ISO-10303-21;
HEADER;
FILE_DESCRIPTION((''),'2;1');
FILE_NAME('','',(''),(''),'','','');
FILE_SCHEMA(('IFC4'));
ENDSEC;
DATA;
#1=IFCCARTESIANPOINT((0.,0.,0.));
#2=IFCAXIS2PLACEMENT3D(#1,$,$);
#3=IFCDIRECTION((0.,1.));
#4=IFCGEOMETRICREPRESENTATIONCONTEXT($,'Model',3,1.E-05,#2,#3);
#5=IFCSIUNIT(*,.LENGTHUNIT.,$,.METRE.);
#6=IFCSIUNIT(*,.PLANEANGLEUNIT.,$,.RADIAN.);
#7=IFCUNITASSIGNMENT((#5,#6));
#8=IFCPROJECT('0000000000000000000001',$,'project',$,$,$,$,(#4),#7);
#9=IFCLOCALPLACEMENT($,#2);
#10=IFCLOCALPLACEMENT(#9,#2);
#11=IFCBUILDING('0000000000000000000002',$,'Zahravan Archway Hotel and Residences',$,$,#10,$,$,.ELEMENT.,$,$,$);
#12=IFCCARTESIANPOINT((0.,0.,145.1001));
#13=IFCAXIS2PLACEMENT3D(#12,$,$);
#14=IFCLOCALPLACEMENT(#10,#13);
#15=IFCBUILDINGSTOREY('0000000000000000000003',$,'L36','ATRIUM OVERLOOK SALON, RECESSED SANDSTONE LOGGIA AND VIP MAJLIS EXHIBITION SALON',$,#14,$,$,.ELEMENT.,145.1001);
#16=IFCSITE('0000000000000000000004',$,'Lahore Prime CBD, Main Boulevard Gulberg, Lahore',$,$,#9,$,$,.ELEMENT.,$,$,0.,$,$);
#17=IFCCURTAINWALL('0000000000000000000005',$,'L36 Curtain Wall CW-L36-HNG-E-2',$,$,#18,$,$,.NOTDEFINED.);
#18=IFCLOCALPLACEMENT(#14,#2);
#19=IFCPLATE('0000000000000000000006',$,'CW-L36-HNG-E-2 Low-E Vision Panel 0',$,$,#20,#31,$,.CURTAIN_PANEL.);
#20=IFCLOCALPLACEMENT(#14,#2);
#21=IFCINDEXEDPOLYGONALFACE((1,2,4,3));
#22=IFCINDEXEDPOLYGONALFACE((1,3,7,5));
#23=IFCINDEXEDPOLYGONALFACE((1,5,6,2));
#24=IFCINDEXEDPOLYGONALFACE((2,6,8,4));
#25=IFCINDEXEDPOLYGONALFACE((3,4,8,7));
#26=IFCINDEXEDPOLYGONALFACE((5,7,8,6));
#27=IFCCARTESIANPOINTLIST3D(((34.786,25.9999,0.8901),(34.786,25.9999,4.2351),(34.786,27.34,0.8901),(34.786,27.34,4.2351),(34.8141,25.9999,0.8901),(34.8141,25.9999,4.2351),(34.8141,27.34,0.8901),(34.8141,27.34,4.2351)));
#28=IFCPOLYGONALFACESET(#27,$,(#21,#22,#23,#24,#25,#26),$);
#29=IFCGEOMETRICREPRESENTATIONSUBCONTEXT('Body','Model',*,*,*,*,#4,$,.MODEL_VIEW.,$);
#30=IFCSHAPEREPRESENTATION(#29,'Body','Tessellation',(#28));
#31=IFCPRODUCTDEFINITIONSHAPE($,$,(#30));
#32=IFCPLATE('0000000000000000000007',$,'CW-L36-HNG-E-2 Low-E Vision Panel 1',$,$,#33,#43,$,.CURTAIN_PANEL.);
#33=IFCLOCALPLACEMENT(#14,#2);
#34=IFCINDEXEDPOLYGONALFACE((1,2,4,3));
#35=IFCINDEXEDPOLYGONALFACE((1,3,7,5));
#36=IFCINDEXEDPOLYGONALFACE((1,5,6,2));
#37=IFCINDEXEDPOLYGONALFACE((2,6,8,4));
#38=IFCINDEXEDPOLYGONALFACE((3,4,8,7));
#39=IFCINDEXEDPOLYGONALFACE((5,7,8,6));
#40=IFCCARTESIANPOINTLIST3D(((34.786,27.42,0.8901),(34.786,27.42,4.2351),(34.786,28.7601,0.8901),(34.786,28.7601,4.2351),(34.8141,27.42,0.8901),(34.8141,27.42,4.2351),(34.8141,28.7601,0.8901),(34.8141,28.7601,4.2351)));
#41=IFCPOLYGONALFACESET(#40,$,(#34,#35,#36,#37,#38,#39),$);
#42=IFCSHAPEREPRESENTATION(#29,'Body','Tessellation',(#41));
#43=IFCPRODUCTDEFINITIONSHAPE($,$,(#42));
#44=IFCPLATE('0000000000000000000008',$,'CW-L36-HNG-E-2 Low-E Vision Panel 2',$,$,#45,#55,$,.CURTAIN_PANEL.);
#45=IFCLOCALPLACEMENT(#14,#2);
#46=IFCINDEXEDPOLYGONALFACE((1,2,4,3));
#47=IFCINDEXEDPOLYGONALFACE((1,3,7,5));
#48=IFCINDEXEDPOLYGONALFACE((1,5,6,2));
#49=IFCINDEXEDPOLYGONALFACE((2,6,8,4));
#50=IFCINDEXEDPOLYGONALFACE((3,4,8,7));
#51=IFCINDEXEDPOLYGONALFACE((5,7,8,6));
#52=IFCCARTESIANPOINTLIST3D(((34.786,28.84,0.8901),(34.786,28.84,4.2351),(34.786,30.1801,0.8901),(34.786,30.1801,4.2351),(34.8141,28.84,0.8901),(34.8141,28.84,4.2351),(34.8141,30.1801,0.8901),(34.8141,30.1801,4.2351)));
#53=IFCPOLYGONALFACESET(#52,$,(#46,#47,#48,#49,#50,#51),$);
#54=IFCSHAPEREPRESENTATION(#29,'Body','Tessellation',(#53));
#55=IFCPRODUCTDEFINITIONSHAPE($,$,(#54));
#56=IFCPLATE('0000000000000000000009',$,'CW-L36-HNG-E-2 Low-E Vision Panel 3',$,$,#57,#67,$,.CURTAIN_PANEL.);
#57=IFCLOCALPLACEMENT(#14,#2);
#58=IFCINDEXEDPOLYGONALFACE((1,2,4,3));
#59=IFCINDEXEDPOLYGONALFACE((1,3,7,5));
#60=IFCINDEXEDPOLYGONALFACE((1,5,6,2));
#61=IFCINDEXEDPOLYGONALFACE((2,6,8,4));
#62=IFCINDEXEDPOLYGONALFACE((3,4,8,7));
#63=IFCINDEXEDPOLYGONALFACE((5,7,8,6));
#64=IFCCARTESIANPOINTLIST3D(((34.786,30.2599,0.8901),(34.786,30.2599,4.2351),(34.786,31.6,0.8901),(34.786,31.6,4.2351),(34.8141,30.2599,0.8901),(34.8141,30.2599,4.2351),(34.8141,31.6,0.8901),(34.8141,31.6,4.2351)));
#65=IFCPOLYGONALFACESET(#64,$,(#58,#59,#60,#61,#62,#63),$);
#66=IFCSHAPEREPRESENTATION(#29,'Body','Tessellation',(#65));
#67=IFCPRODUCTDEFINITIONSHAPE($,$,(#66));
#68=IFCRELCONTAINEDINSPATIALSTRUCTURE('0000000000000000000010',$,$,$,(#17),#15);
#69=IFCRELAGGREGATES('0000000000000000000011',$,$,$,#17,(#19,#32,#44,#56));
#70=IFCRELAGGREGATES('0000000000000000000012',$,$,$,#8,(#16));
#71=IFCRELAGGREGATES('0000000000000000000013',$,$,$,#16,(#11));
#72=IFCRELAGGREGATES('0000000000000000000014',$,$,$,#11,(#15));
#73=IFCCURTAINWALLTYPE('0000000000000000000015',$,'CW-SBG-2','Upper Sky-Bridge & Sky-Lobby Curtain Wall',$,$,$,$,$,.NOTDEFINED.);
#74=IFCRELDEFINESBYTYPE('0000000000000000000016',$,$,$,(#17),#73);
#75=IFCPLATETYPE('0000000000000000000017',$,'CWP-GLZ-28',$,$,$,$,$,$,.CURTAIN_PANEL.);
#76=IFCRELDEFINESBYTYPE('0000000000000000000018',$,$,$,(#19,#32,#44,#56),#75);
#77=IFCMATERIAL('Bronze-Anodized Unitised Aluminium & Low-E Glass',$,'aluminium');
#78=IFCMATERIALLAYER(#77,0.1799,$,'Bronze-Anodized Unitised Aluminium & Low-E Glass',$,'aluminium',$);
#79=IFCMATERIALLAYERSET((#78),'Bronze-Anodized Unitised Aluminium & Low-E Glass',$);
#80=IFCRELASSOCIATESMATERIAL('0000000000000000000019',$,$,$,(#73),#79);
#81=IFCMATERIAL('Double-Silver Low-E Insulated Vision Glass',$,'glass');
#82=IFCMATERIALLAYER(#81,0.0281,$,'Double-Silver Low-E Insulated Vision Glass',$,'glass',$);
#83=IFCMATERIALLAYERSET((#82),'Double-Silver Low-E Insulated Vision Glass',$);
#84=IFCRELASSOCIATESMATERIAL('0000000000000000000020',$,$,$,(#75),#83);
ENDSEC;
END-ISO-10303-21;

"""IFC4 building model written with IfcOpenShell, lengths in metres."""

from ifc_helpers import new_model, si_unit, direction, frame, origin, origin_2d, place, context, subcontext, project, spatial, rectangle, extrude, source, transform, mapped, material, layer, layer_set, type_object, element, aggregate, save


model = new_model("IFC4")

# Units and contexts
model_context = context("Model", 3, precision=1e-05, world=origin(), true_north=direction((0.0, 1.0)))
body_context = subcontext(model_context, "Body", "Model", "MODEL_VIEW")
ifc_project = project(units=[si_unit("LENGTHUNIT", "METRE"), si_unit("PLANEANGLEUNIT", "RADIAN")], contexts=[model_context])

# Site, building, storey
site_placement = place(None, origin())
site = spatial("IfcSite", under=ifc_project, at=site_placement, Name="Lahore Prime CBD, Main Boulevard Gulberg, Lahore", CompositionType="ELEMENT", RefElevation=0.0)
building_placement = place(site_placement, origin())
building = spatial("IfcBuilding", under=site, at=building_placement, Name="Zahravan Archway Hotel and Residences", CompositionType="ELEMENT")
storey_placement = place(building_placement, frame((0.0, 0.0, 145.1001)))
storey = spatial("IfcBuildingStorey", under=building, at=storey_placement, Name="L36", Description="ATRIUM OVERLOOK SALON, RECESSED SANDSTONE LOGGIA AND VIP MAJLIS EXHIBITION SALON", CompositionType="ELEMENT", Elevation=145.1001)

# Curtain wall
ifc_material_1 = material(Name="Bronze-Anodized Unitised Aluminium & Low-E Glass", Category="aluminium")
ifc_layer_1 = layer(ifc_material_1, 0.1799, Name="Bronze-Anodized Unitised Aluminium & Low-E Glass", Category="aluminium")
ifc_layer_set_1 = layer_set([ifc_layer_1], Name="Bronze-Anodized Unitised Aluminium & Low-E Glass")
curtain_wall_type = type_object("IfcCurtainWallType", Name="CW-SBG-2", Description="Upper Sky-Bridge & Sky-Lobby Curtain Wall", PredefinedType="NOTDEFINED", material=ifc_layer_set_1)
curtain_wall_1_placement = place(storey_placement, origin())
curtain_wall_1 = element("IfcCurtainWall", 1, at=curtain_wall_1_placement, inside=storey, type_object=curtain_wall_type, Name="L36 Curtain Wall CW-L36-HNG-E-2", PredefinedType="NOTDEFINED")

# Plates
ifc_material_2 = material(Name="Double-Silver Low-E Insulated Vision Glass", Category="glass")
ifc_layer_2 = layer(ifc_material_2, 0.0281, Name="Double-Silver Low-E Insulated Vision Glass", Category="glass")
ifc_layer_set_2 = layer_set([ifc_layer_2], Name="Double-Silver Low-E Insulated Vision Glass")
plate_type_1 = type_object("IfcPlateType", Name="CWP-GLZ-28", PredefinedType="CURTAIN_PANEL", material=ifc_layer_set_2)
shared_shape_1 = source(origin(), body_context, "Body", "SweptSolid", [
    extrude(rectangle(XDim=1.3401, YDim=0.0281, at=origin_2d()), origin(), (0.0, 0.0, 1.0), 3.345),
])
plate_1_placement = place(storey_placement, frame((34.8, 26.6699, 0.8901), z_axis=(0.0, 0.0, 1.0), x_axis=(0.0, 1.0, 0.0)))
plate_1 = element("IfcPlate", 2, at=plate_1_placement, type_object=plate_type_1, Name="CW-L36-HNG-E-2 Low-E Vision Panel 0", PredefinedType="CURTAIN_PANEL", context=body_context, shape_type="MappedRepresentation", body=[
    mapped(shared_shape_1, transform((0.0, 0.0, 0.0), scale=1.0)),
])
plate_2_placement = place(storey_placement, frame((34.8, 28.0901, 0.8901), z_axis=(0.0, 0.0, 1.0), x_axis=(0.0, 1.0, 0.0)))
plate_2 = element("IfcPlate", 3, at=plate_2_placement, type_object=plate_type_1, Name="CW-L36-HNG-E-2 Low-E Vision Panel 1", PredefinedType="CURTAIN_PANEL", context=body_context, shape_type="MappedRepresentation", body=[
    mapped(shared_shape_1, transform((0.0, 0.0, 0.0), scale=1.0)),
])
plate_3_placement = place(storey_placement, frame((34.8, 29.51, 0.8901), z_axis=(0.0, 0.0, 1.0), x_axis=(0.0, 1.0, 0.0)))
plate_3 = element("IfcPlate", 4, at=plate_3_placement, type_object=plate_type_1, Name="CW-L36-HNG-E-2 Low-E Vision Panel 2", PredefinedType="CURTAIN_PANEL", context=body_context, shape_type="MappedRepresentation", body=[
    mapped(shared_shape_1, transform((0.0, 0.0, 0.0), scale=1.0)),
])
plate_4_placement = place(storey_placement, frame((34.8, 30.9299, 0.8901), z_axis=(0.0, 0.0, 1.0), x_axis=(0.0, 1.0, 0.0)))
plate_4 = element("IfcPlate", 5, at=plate_4_placement, type_object=plate_type_1, Name="CW-L36-HNG-E-2 Low-E Vision Panel 3", PredefinedType="CURTAIN_PANEL", context=body_context, shape_type="MappedRepresentation", body=[
    mapped(shared_shape_1, transform((0.0, 0.0, 0.0), scale=1.0)),
])
aggregate(curtain_wall_1, [plate_1, plate_2, plate_3, plate_4])

save(model, "model.ifc")
